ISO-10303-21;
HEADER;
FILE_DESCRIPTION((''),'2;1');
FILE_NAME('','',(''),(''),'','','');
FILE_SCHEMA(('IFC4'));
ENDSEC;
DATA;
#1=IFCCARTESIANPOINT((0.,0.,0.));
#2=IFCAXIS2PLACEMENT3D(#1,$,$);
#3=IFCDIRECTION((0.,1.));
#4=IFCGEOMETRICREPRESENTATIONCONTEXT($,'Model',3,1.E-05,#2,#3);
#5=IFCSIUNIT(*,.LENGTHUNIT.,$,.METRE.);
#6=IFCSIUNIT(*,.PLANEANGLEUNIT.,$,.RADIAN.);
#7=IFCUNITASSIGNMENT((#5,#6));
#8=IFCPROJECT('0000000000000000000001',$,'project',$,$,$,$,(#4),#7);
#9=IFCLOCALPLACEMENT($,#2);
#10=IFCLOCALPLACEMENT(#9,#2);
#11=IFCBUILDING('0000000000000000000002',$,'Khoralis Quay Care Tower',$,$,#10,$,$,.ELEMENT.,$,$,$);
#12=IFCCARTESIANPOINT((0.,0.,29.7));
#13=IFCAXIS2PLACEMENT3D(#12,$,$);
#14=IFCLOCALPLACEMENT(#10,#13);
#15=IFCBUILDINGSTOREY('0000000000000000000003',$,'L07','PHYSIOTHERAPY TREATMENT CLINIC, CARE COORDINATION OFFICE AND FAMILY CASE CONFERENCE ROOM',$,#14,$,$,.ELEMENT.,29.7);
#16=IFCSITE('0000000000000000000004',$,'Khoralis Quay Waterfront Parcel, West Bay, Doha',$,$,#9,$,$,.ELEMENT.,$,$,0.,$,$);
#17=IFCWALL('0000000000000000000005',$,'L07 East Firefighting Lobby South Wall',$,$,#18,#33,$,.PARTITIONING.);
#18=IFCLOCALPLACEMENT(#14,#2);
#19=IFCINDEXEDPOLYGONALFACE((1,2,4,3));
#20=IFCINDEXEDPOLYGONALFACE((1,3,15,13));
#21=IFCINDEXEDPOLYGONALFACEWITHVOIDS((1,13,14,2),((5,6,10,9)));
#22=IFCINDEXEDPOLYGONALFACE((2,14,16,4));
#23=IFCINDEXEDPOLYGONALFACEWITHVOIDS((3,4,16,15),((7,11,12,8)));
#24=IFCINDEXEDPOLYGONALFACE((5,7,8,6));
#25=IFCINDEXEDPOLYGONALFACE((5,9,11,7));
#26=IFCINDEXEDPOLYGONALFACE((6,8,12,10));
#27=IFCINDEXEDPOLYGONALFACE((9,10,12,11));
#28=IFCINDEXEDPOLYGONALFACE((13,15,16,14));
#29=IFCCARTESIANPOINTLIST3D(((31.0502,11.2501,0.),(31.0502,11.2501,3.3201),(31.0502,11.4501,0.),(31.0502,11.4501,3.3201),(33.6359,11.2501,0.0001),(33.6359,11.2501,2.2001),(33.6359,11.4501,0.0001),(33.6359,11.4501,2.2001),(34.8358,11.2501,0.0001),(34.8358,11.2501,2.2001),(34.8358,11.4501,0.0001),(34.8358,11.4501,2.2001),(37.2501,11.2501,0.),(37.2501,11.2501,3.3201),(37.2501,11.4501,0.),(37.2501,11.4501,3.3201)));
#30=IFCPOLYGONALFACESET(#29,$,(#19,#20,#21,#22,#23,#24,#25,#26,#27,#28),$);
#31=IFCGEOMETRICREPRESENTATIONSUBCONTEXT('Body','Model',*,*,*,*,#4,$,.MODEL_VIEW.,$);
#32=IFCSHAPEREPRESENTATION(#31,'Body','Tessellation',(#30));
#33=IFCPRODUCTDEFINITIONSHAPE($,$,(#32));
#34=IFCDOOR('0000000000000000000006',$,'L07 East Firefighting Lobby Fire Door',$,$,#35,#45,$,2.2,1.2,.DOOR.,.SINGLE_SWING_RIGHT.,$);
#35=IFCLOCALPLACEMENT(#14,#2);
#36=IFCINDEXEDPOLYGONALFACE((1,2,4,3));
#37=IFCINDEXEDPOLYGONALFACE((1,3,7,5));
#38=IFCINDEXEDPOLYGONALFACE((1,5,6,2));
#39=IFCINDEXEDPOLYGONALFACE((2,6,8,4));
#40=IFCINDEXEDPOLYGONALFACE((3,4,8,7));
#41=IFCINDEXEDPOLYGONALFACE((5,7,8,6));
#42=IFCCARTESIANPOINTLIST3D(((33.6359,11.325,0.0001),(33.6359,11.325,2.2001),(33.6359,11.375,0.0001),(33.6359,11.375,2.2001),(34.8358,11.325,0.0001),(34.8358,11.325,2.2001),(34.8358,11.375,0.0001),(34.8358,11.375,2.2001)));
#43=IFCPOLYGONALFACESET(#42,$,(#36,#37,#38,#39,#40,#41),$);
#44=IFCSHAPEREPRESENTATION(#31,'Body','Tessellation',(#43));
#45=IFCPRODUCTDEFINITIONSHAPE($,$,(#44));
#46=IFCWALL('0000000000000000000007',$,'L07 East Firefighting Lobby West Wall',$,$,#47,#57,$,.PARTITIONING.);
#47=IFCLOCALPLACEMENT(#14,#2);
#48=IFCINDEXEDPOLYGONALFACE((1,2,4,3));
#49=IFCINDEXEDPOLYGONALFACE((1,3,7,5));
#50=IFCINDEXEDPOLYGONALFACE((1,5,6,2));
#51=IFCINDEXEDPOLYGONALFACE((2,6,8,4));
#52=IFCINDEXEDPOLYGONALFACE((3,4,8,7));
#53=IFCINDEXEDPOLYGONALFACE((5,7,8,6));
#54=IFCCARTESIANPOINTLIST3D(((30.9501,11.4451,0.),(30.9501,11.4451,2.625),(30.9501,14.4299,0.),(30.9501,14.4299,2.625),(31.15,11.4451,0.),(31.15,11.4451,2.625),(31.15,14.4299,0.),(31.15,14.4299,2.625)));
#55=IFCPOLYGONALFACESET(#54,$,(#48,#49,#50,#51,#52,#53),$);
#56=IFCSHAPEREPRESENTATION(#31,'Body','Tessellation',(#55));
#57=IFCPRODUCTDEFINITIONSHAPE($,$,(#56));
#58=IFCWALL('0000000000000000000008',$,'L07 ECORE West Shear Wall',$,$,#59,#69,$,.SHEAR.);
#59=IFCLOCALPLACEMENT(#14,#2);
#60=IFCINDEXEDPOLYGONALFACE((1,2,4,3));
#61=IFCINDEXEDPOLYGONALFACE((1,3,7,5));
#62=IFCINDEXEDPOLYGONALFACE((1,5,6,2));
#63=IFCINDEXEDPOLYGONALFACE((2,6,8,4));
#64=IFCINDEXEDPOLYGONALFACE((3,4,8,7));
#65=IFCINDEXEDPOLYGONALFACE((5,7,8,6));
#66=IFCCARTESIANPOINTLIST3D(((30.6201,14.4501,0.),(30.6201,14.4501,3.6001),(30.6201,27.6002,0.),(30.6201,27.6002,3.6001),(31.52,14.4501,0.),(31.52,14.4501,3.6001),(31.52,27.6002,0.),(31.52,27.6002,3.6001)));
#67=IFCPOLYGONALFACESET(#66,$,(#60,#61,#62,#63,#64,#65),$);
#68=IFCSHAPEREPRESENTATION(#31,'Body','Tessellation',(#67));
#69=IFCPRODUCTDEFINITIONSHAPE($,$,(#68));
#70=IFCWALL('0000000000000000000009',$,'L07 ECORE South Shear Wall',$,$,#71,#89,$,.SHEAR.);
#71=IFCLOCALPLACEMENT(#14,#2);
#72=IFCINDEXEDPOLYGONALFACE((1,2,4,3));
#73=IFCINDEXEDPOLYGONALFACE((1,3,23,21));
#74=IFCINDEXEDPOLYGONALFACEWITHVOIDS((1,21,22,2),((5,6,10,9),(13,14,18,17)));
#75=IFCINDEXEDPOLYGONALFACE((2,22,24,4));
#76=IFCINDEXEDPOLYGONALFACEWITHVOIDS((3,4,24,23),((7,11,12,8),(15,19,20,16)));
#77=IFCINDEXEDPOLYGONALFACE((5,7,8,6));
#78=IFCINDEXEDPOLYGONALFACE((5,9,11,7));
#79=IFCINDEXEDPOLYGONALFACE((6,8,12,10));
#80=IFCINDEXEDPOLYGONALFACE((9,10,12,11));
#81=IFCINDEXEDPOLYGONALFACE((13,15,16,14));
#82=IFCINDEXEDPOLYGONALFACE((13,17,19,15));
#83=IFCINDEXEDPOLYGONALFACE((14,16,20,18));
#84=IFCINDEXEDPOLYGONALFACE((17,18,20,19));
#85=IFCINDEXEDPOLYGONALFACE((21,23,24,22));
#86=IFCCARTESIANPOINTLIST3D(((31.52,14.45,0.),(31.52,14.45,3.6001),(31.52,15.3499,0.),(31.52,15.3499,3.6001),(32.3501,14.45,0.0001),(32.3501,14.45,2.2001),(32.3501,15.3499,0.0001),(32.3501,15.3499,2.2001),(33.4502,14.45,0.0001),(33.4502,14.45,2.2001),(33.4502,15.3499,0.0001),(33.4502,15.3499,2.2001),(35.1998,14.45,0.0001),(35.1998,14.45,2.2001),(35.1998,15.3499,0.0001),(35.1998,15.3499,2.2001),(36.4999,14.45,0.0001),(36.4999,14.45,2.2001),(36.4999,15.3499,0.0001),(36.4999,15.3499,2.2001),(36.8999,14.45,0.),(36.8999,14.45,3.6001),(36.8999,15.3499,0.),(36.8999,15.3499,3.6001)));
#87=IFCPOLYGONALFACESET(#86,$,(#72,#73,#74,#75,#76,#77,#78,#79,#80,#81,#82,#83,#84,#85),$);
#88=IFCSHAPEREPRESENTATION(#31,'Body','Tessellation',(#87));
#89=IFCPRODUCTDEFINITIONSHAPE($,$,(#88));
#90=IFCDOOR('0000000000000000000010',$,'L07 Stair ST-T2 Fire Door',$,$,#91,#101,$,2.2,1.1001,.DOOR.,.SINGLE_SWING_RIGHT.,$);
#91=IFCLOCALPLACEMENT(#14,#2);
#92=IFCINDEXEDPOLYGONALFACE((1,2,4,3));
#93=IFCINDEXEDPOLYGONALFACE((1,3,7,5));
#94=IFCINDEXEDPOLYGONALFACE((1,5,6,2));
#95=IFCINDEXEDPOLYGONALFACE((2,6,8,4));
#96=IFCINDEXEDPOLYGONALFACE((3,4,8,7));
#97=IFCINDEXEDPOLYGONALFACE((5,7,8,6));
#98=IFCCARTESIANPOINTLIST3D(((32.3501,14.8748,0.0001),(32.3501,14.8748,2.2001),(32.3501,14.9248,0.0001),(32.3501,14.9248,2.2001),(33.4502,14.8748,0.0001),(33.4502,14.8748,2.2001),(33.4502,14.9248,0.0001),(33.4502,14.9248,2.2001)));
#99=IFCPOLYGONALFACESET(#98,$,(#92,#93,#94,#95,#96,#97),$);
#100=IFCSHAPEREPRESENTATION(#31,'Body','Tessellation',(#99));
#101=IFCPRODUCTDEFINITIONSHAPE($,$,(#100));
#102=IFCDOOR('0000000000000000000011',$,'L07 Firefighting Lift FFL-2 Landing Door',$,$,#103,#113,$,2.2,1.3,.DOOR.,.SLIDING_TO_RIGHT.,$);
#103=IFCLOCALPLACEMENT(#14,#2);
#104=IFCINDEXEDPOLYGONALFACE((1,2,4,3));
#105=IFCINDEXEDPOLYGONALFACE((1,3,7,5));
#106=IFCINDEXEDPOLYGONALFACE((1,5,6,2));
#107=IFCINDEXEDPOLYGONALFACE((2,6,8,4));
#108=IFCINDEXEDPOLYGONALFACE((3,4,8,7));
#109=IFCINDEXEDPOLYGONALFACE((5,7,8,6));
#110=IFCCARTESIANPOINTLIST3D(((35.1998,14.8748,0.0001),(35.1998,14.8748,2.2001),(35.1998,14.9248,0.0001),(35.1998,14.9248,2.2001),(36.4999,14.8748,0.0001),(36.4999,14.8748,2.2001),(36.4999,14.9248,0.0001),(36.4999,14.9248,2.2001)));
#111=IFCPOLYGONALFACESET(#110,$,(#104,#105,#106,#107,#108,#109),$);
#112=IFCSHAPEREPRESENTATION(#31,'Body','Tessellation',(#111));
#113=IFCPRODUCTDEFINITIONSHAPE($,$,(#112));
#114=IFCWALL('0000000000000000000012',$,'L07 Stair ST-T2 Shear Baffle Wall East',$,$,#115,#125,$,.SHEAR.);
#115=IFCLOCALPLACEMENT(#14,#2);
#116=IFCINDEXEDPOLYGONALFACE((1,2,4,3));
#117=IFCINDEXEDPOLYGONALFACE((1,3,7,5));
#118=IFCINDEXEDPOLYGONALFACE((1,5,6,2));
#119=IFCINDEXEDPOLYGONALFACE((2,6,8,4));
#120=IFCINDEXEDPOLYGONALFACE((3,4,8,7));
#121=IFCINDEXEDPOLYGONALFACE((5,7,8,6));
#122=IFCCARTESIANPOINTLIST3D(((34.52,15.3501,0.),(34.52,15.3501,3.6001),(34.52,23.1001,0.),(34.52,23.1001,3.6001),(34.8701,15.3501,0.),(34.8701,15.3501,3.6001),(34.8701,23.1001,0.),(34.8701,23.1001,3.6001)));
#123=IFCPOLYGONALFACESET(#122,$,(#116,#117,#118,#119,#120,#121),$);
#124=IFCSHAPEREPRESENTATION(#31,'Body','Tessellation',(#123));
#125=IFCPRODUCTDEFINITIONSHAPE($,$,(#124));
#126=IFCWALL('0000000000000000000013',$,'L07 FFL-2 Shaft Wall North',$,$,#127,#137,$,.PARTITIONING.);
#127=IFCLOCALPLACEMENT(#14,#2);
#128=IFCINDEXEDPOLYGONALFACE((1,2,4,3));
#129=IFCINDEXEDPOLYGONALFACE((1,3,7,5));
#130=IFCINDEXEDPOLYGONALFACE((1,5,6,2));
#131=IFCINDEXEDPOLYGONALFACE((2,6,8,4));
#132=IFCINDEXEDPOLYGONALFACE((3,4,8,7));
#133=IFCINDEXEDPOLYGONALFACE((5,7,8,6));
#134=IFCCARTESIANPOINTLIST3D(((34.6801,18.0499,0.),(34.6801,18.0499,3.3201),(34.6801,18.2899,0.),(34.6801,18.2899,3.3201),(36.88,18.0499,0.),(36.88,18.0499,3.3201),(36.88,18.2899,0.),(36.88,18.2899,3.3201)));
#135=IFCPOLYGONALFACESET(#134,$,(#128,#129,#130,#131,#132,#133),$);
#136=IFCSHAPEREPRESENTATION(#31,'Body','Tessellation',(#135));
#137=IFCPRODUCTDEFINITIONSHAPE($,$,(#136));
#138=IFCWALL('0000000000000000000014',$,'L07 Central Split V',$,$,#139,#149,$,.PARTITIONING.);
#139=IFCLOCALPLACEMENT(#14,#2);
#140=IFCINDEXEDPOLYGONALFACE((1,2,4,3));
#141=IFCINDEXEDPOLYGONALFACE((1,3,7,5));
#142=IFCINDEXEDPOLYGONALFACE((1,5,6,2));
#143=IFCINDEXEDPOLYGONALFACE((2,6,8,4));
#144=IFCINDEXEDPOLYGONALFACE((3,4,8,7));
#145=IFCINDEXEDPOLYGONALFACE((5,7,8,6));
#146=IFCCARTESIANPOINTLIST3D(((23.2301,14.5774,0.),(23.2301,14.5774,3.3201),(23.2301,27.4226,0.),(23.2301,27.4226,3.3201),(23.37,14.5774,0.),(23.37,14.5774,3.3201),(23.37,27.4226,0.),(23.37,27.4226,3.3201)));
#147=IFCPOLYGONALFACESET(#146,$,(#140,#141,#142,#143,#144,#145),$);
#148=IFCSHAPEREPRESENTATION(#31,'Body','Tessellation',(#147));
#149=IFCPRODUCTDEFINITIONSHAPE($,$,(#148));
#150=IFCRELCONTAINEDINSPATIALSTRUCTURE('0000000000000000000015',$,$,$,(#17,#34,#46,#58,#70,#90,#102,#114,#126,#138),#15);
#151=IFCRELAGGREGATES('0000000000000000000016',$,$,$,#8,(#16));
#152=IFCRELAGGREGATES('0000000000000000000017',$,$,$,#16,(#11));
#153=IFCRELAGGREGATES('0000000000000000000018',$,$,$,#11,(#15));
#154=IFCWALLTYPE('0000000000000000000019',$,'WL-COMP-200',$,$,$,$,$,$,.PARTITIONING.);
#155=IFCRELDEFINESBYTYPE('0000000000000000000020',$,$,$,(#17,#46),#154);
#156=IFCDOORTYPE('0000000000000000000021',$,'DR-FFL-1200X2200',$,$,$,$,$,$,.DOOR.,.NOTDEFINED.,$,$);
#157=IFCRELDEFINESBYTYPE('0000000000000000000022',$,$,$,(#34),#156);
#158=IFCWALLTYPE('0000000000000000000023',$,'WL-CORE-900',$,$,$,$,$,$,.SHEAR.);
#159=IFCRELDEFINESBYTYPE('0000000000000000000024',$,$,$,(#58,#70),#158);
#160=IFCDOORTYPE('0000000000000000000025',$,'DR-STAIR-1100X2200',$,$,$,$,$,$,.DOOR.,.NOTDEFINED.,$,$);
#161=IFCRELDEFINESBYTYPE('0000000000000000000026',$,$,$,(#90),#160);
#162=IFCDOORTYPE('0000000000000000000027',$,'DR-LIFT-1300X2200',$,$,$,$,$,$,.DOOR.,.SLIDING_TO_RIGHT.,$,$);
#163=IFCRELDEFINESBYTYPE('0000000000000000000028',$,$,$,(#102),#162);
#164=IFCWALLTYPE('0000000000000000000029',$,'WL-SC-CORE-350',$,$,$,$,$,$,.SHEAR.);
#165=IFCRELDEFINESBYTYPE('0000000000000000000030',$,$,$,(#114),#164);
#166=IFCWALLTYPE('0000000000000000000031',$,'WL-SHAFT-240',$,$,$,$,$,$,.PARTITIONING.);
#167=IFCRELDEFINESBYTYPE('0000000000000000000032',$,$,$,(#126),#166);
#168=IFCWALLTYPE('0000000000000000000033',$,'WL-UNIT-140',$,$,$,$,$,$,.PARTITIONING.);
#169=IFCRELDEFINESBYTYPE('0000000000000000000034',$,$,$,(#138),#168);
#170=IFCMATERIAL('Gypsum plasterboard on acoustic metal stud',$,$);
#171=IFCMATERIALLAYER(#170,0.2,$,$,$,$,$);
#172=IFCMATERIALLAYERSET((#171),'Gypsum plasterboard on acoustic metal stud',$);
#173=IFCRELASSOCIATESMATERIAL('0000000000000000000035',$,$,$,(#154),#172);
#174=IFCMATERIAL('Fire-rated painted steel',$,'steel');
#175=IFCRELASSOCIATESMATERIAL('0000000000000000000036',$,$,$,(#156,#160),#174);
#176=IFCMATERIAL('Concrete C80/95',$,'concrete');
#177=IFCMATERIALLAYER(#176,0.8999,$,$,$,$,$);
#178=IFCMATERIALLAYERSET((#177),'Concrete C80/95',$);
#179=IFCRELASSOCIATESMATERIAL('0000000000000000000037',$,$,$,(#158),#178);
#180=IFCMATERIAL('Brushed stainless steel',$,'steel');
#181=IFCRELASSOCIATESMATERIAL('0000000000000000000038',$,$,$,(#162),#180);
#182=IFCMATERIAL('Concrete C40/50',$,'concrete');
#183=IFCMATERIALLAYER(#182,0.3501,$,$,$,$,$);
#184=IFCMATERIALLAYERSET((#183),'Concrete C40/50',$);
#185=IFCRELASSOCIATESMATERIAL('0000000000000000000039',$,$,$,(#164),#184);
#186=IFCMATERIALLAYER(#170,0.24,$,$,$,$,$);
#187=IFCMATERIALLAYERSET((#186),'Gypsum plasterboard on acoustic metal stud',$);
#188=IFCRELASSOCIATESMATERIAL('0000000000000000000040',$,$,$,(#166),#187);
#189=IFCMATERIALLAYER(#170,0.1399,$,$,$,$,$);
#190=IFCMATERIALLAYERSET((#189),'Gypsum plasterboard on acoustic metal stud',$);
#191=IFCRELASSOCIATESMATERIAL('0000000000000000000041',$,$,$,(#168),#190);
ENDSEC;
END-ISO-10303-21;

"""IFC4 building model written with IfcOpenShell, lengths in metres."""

from ifc_helpers import new_model, si_unit, direction, frame, frame_2d, origin, place, context, subcontext, project, spatial, rectangle, extrude, source, transform, mapped, material, layer, layer_set, type_object, element, fill, save


model = new_model("IFC4")

# Units and contexts
model_context = context("Model", 3, precision=1e-05, world=origin(), true_north=direction((0.0, 1.0)))
body_context = subcontext(model_context, "Body", "Model", "MODEL_VIEW")
ifc_project = project(units=[si_unit("LENGTHUNIT", "METRE"), si_unit("PLANEANGLEUNIT", "RADIAN")], contexts=[model_context])

# Site, building, storey
site_placement = place(None, origin())
site = spatial("IfcSite", under=ifc_project, at=site_placement, Name="Khoralis Quay Waterfront Parcel, West Bay, Doha", CompositionType="ELEMENT", RefElevation=0.0)
building_placement = place(site_placement, origin())
building = spatial("IfcBuilding", under=site, at=building_placement, Name="Khoralis Quay Care Tower", CompositionType="ELEMENT")
storey_placement = place(building_placement, frame((0.0, 0.0, 29.7)))
storey = spatial("IfcBuildingStorey", under=building, at=storey_placement, Name="L07", Description="PHYSIOTHERAPY TREATMENT CLINIC, CARE COORDINATION OFFICE AND FAMILY CASE CONFERENCE ROOM", CompositionType="ELEMENT", Elevation=29.7)

# Wall, opening, door
ifc_material_1 = material(Name="Gypsum plasterboard on acoustic metal stud")
ifc_layer_1 = layer(ifc_material_1, 0.2)
ifc_layer_set_1 = layer_set([ifc_layer_1], Name="Gypsum plasterboard on acoustic metal stud")
wall_type_1 = type_object("IfcWallType", Name="WL-COMP-200", PredefinedType="PARTITIONING", material=ifc_layer_set_1)
wall_1_placement = place(storey_placement, frame((31.05, 11.3501, 0.0), z_axis=(0.0, 0.0, 1.0), x_axis=(1.0, 0.0, 0.0)))
wall_1 = element("IfcWall", 1, at=wall_1_placement, inside=storey, type_object=wall_type_1, Name="L07 East Firefighting Lobby South Wall", PredefinedType="PARTITIONING", context=body_context, shape_type="SweptSolid", body=[
    extrude(rectangle(XDim=6.2, YDim=0.2, at=frame_2d((3.1001, 0.0))), origin(), (0.0, 0.0, 1.0), 3.3201),
])
opening_1_placement = place(wall_1_placement, frame((2.5857, 0.0, 0.0)))
opening_1 = element("IfcOpeningElement", 2, at=opening_1_placement, cuts=wall_1, PredefinedType="OPENING", context=body_context, shape_type="SweptSolid", body=[
    extrude(rectangle(XDim=1.2, YDim=2.2, at=frame_2d((0.6001, 1.1001))), frame((0.0, 0.1099, 0.0), z_axis=(0.0, -1.0, 0.0), x_axis=(1.0, 0.0, 0.0)), (0.0, 0.0, 1.0), 0.22),
])
ifc_material_2 = material(Name="Fire-rated painted steel", Category="steel")
door_type_1 = type_object("IfcDoorType", Name="DR-FFL-1200X2200", OperationType="NOTDEFINED", PredefinedType="DOOR", material=ifc_material_2)
shared_shape_1 = source(origin(), body_context, "Body", "SweptSolid", [
    extrude(rectangle(XDim=1.2, YDim=2.2, at=frame_2d((0.6001, 1.1001))), frame((0.0, 0.0249, 0.0), z_axis=(0.0, -1.0, 0.0), x_axis=(1.0, 0.0, 0.0)), (0.0, 0.0, 1.0), 0.05),
])
door_1_placement = place(opening_1_placement, origin())
door_1 = element("IfcDoor", 3, at=door_1_placement, inside=storey, type_object=door_type_1, Name="L07 East Firefighting Lobby Fire Door", OperationType="SINGLE_SWING_RIGHT", OverallHeight=2.2, OverallWidth=1.2, PredefinedType="DOOR", context=body_context, shape_type="MappedRepresentation", body=[
    mapped(shared_shape_1, transform((0.0, 0.0, 0.0), scale=1.0)),
])
fill(opening_1, door_1)

# Walls
wall_2_placement = place(storey_placement, frame((31.05, 11.4451, 0.0), z_axis=(0.0, 0.0, 1.0), x_axis=(0.0, 1.0, 0.0)))
element("IfcWall", 4, at=wall_2_placement, inside=storey, type_object=wall_type_1, Name="L07 East Firefighting Lobby West Wall", PredefinedType="PARTITIONING", context=body_context, shape_type="SweptSolid", body=[
    extrude(rectangle(XDim=2.9849, YDim=0.2, at=frame_2d((1.4924, 0.0))), origin(), (0.0, 0.0, 1.0), 2.625),
])
ifc_material_3 = material(Name="Concrete C80/95", Category="concrete")
ifc_layer_2 = layer(ifc_material_3, 0.8999)
ifc_layer_set_2 = layer_set([ifc_layer_2], Name="Concrete C80/95")
wall_type_2 = type_object("IfcWallType", Name="WL-CORE-900", PredefinedType="SHEAR", material=ifc_layer_set_2)
wall_3_placement = place(storey_placement, frame((31.0701, 14.45, 0.0), z_axis=(0.0, 0.0, 1.0), x_axis=(0.0, 1.0, 0.0)))
element("IfcWall", 5, at=wall_3_placement, inside=storey, type_object=wall_type_2, Name="L07 ECORE West Shear Wall", PredefinedType="SHEAR", context=body_context, shape_type="SweptSolid", body=[
    extrude(rectangle(XDim=13.1501, YDim=0.8999, at=frame_2d((6.5752, 0.0))), origin(), (0.0, 0.0, 1.0), 3.6001),
])

# Wall, openings, doors
wall_4_placement = place(storey_placement, frame((31.52, 14.8999, 0.0), z_axis=(0.0, 0.0, 1.0), x_axis=(1.0, 0.0, 0.0)))
wall_4 = element("IfcWall", 6, at=wall_4_placement, inside=storey, type_object=wall_type_2, Name="L07 ECORE South Shear Wall", PredefinedType="SHEAR", context=body_context, shape_type="SweptSolid", body=[
    extrude(rectangle(XDim=5.3799, YDim=0.8999, at=frame_2d((2.6899, 0.0))), origin(), (0.0, 0.0, 1.0), 3.6001),
])
opening_2_placement = place(wall_4_placement, frame((0.8301, 0.0, 0.0)))
opening_2 = element("IfcOpeningElement", 7, at=opening_2_placement, cuts=wall_4, PredefinedType="OPENING", context=body_context, shape_type="SweptSolid", body=[
    extrude(rectangle(XDim=1.1001, YDim=2.2, at=frame_2d((0.55, 1.1001))), frame((0.0, 0.46, 0.0), z_axis=(0.0, -1.0, 0.0), x_axis=(1.0, 0.0, 0.0)), (0.0, 0.0, 1.0), 0.9199),
])
opening_3_placement = place(wall_4_placement, frame((3.6799, 0.0, 0.0)))
opening_3 = element("IfcOpeningElement", 8, at=opening_3_placement, cuts=wall_4, PredefinedType="OPENING", context=body_context, shape_type="SweptSolid", body=[
    extrude(rectangle(XDim=1.3, YDim=2.2, at=frame_2d((0.6499, 1.1001))), frame((0.0, 0.46, 0.0), z_axis=(0.0, -1.0, 0.0), x_axis=(1.0, 0.0, 0.0)), (0.0, 0.0, 1.0), 0.9199),
])
door_type_2 = type_object("IfcDoorType", Name="DR-STAIR-1100X2200", OperationType="NOTDEFINED", PredefinedType="DOOR", material=ifc_material_2)
shared_shape_2 = source(origin(), body_context, "Body", "SweptSolid", [
    extrude(rectangle(XDim=1.1001, YDim=2.2, at=frame_2d((0.55, 1.1001))), frame((0.0, 0.0249, 0.0), z_axis=(0.0, -1.0, 0.0), x_axis=(1.0, 0.0, 0.0)), (0.0, 0.0, 1.0), 0.05),
])
door_2_placement = place(opening_2_placement, origin())
door_2 = element("IfcDoor", 9, at=door_2_placement, inside=storey, type_object=door_type_2, Name="L07 Stair ST-T2 Fire Door", OperationType="SINGLE_SWING_RIGHT", OverallHeight=2.2, OverallWidth=1.1001, PredefinedType="DOOR", context=body_context, shape_type="MappedRepresentation", body=[
    mapped(shared_shape_2, transform((0.0, 0.0, 0.0), scale=1.0)),
])
fill(opening_2, door_2)
ifc_material_4 = material(Name="Brushed stainless steel", Category="steel")
door_type_3 = type_object("IfcDoorType", Name="DR-LIFT-1300X2200", OperationType="SLIDING_TO_RIGHT", PredefinedType="DOOR", material=ifc_material_4)
shared_shape_3 = source(origin(), body_context, "Body", "SweptSolid", [
    extrude(rectangle(XDim=1.3, YDim=2.2, at=frame_2d((0.6499, 1.1001))), frame((0.0, 0.0249, 0.0), z_axis=(0.0, -1.0, 0.0), x_axis=(1.0, 0.0, 0.0)), (0.0, 0.0, 1.0), 0.05),
])
door_3_placement = place(opening_3_placement, origin())
door_3 = element("IfcDoor", 10, at=door_3_placement, inside=storey, type_object=door_type_3, Name="L07 Firefighting Lift FFL-2 Landing Door", OperationType="SLIDING_TO_RIGHT", OverallHeight=2.2, OverallWidth=1.3, PredefinedType="DOOR", context=body_context, shape_type="MappedRepresentation", body=[
    mapped(shared_shape_3, transform((0.0, 0.0, 0.0), scale=1.0)),
])
fill(opening_3, door_3)

# Walls
ifc_material_5 = material(Name="Concrete C40/50", Category="concrete")
ifc_layer_3 = layer(ifc_material_5, 0.3501)
ifc_layer_set_3 = layer_set([ifc_layer_3], Name="Concrete C40/50")
wall_type_3 = type_object("IfcWallType", Name="WL-SC-CORE-350", PredefinedType="SHEAR", material=ifc_layer_set_3)
wall_5_placement = place(storey_placement, frame((34.6951, 15.3501, 0.0), z_axis=(0.0, 0.0, 1.0), x_axis=(0.0, 1.0, 0.0)))
element("IfcWall", 11, at=wall_5_placement, inside=storey, type_object=wall_type_3, Name="L07 Stair ST-T2 Shear Baffle Wall East", PredefinedType="SHEAR", context=body_context, shape_type="SweptSolid", body=[
    extrude(rectangle(XDim=7.75, YDim=0.3501, at=frame_2d((3.875, 0.0))), origin(), (0.0, 0.0, 1.0), 3.6001),
])
ifc_layer_4 = layer(ifc_material_1, 0.24)
ifc_layer_set_4 = layer_set([ifc_layer_4], Name="Gypsum plasterboard on acoustic metal stud")
wall_type_4 = type_object("IfcWallType", Name="WL-SHAFT-240", PredefinedType="PARTITIONING", material=ifc_layer_set_4)
wall_6_placement = place(storey_placement, frame((34.6799, 18.1699, 0.0), z_axis=(0.0, 0.0, 1.0), x_axis=(1.0, 0.0, 0.0)))
element("IfcWall", 12, at=wall_6_placement, inside=storey, type_object=wall_type_4, Name="L07 FFL-2 Shaft Wall North", PredefinedType="PARTITIONING", context=body_context, shape_type="SweptSolid", body=[
    extrude(rectangle(XDim=2.2, YDim=0.24, at=frame_2d((1.1001, 0.0))), origin(), (0.0, 0.0, 1.0), 3.3201),
])
ifc_layer_5 = layer(ifc_material_1, 0.1399)
ifc_layer_set_5 = layer_set([ifc_layer_5], Name="Gypsum plasterboard on acoustic metal stud")
wall_type_5 = type_object("IfcWallType", Name="WL-UNIT-140", PredefinedType="PARTITIONING", material=ifc_layer_set_5)
wall_7_placement = place(storey_placement, frame((23.3, 14.5774, 0.0), z_axis=(0.0, 0.0, 1.0), x_axis=(0.0, 1.0, 0.0)))
element("IfcWall", 13, at=wall_7_placement, inside=storey, type_object=wall_type_5, Name="L07 Central Split V", PredefinedType="PARTITIONING", context=body_context, shape_type="SweptSolid", body=[
    extrude(rectangle(XDim=12.8452, YDim=0.1399, at=frame_2d((6.4226, 0.0))), origin(), (0.0, 0.0, 1.0), 3.3201),
])

save(model, "model.ifc")
